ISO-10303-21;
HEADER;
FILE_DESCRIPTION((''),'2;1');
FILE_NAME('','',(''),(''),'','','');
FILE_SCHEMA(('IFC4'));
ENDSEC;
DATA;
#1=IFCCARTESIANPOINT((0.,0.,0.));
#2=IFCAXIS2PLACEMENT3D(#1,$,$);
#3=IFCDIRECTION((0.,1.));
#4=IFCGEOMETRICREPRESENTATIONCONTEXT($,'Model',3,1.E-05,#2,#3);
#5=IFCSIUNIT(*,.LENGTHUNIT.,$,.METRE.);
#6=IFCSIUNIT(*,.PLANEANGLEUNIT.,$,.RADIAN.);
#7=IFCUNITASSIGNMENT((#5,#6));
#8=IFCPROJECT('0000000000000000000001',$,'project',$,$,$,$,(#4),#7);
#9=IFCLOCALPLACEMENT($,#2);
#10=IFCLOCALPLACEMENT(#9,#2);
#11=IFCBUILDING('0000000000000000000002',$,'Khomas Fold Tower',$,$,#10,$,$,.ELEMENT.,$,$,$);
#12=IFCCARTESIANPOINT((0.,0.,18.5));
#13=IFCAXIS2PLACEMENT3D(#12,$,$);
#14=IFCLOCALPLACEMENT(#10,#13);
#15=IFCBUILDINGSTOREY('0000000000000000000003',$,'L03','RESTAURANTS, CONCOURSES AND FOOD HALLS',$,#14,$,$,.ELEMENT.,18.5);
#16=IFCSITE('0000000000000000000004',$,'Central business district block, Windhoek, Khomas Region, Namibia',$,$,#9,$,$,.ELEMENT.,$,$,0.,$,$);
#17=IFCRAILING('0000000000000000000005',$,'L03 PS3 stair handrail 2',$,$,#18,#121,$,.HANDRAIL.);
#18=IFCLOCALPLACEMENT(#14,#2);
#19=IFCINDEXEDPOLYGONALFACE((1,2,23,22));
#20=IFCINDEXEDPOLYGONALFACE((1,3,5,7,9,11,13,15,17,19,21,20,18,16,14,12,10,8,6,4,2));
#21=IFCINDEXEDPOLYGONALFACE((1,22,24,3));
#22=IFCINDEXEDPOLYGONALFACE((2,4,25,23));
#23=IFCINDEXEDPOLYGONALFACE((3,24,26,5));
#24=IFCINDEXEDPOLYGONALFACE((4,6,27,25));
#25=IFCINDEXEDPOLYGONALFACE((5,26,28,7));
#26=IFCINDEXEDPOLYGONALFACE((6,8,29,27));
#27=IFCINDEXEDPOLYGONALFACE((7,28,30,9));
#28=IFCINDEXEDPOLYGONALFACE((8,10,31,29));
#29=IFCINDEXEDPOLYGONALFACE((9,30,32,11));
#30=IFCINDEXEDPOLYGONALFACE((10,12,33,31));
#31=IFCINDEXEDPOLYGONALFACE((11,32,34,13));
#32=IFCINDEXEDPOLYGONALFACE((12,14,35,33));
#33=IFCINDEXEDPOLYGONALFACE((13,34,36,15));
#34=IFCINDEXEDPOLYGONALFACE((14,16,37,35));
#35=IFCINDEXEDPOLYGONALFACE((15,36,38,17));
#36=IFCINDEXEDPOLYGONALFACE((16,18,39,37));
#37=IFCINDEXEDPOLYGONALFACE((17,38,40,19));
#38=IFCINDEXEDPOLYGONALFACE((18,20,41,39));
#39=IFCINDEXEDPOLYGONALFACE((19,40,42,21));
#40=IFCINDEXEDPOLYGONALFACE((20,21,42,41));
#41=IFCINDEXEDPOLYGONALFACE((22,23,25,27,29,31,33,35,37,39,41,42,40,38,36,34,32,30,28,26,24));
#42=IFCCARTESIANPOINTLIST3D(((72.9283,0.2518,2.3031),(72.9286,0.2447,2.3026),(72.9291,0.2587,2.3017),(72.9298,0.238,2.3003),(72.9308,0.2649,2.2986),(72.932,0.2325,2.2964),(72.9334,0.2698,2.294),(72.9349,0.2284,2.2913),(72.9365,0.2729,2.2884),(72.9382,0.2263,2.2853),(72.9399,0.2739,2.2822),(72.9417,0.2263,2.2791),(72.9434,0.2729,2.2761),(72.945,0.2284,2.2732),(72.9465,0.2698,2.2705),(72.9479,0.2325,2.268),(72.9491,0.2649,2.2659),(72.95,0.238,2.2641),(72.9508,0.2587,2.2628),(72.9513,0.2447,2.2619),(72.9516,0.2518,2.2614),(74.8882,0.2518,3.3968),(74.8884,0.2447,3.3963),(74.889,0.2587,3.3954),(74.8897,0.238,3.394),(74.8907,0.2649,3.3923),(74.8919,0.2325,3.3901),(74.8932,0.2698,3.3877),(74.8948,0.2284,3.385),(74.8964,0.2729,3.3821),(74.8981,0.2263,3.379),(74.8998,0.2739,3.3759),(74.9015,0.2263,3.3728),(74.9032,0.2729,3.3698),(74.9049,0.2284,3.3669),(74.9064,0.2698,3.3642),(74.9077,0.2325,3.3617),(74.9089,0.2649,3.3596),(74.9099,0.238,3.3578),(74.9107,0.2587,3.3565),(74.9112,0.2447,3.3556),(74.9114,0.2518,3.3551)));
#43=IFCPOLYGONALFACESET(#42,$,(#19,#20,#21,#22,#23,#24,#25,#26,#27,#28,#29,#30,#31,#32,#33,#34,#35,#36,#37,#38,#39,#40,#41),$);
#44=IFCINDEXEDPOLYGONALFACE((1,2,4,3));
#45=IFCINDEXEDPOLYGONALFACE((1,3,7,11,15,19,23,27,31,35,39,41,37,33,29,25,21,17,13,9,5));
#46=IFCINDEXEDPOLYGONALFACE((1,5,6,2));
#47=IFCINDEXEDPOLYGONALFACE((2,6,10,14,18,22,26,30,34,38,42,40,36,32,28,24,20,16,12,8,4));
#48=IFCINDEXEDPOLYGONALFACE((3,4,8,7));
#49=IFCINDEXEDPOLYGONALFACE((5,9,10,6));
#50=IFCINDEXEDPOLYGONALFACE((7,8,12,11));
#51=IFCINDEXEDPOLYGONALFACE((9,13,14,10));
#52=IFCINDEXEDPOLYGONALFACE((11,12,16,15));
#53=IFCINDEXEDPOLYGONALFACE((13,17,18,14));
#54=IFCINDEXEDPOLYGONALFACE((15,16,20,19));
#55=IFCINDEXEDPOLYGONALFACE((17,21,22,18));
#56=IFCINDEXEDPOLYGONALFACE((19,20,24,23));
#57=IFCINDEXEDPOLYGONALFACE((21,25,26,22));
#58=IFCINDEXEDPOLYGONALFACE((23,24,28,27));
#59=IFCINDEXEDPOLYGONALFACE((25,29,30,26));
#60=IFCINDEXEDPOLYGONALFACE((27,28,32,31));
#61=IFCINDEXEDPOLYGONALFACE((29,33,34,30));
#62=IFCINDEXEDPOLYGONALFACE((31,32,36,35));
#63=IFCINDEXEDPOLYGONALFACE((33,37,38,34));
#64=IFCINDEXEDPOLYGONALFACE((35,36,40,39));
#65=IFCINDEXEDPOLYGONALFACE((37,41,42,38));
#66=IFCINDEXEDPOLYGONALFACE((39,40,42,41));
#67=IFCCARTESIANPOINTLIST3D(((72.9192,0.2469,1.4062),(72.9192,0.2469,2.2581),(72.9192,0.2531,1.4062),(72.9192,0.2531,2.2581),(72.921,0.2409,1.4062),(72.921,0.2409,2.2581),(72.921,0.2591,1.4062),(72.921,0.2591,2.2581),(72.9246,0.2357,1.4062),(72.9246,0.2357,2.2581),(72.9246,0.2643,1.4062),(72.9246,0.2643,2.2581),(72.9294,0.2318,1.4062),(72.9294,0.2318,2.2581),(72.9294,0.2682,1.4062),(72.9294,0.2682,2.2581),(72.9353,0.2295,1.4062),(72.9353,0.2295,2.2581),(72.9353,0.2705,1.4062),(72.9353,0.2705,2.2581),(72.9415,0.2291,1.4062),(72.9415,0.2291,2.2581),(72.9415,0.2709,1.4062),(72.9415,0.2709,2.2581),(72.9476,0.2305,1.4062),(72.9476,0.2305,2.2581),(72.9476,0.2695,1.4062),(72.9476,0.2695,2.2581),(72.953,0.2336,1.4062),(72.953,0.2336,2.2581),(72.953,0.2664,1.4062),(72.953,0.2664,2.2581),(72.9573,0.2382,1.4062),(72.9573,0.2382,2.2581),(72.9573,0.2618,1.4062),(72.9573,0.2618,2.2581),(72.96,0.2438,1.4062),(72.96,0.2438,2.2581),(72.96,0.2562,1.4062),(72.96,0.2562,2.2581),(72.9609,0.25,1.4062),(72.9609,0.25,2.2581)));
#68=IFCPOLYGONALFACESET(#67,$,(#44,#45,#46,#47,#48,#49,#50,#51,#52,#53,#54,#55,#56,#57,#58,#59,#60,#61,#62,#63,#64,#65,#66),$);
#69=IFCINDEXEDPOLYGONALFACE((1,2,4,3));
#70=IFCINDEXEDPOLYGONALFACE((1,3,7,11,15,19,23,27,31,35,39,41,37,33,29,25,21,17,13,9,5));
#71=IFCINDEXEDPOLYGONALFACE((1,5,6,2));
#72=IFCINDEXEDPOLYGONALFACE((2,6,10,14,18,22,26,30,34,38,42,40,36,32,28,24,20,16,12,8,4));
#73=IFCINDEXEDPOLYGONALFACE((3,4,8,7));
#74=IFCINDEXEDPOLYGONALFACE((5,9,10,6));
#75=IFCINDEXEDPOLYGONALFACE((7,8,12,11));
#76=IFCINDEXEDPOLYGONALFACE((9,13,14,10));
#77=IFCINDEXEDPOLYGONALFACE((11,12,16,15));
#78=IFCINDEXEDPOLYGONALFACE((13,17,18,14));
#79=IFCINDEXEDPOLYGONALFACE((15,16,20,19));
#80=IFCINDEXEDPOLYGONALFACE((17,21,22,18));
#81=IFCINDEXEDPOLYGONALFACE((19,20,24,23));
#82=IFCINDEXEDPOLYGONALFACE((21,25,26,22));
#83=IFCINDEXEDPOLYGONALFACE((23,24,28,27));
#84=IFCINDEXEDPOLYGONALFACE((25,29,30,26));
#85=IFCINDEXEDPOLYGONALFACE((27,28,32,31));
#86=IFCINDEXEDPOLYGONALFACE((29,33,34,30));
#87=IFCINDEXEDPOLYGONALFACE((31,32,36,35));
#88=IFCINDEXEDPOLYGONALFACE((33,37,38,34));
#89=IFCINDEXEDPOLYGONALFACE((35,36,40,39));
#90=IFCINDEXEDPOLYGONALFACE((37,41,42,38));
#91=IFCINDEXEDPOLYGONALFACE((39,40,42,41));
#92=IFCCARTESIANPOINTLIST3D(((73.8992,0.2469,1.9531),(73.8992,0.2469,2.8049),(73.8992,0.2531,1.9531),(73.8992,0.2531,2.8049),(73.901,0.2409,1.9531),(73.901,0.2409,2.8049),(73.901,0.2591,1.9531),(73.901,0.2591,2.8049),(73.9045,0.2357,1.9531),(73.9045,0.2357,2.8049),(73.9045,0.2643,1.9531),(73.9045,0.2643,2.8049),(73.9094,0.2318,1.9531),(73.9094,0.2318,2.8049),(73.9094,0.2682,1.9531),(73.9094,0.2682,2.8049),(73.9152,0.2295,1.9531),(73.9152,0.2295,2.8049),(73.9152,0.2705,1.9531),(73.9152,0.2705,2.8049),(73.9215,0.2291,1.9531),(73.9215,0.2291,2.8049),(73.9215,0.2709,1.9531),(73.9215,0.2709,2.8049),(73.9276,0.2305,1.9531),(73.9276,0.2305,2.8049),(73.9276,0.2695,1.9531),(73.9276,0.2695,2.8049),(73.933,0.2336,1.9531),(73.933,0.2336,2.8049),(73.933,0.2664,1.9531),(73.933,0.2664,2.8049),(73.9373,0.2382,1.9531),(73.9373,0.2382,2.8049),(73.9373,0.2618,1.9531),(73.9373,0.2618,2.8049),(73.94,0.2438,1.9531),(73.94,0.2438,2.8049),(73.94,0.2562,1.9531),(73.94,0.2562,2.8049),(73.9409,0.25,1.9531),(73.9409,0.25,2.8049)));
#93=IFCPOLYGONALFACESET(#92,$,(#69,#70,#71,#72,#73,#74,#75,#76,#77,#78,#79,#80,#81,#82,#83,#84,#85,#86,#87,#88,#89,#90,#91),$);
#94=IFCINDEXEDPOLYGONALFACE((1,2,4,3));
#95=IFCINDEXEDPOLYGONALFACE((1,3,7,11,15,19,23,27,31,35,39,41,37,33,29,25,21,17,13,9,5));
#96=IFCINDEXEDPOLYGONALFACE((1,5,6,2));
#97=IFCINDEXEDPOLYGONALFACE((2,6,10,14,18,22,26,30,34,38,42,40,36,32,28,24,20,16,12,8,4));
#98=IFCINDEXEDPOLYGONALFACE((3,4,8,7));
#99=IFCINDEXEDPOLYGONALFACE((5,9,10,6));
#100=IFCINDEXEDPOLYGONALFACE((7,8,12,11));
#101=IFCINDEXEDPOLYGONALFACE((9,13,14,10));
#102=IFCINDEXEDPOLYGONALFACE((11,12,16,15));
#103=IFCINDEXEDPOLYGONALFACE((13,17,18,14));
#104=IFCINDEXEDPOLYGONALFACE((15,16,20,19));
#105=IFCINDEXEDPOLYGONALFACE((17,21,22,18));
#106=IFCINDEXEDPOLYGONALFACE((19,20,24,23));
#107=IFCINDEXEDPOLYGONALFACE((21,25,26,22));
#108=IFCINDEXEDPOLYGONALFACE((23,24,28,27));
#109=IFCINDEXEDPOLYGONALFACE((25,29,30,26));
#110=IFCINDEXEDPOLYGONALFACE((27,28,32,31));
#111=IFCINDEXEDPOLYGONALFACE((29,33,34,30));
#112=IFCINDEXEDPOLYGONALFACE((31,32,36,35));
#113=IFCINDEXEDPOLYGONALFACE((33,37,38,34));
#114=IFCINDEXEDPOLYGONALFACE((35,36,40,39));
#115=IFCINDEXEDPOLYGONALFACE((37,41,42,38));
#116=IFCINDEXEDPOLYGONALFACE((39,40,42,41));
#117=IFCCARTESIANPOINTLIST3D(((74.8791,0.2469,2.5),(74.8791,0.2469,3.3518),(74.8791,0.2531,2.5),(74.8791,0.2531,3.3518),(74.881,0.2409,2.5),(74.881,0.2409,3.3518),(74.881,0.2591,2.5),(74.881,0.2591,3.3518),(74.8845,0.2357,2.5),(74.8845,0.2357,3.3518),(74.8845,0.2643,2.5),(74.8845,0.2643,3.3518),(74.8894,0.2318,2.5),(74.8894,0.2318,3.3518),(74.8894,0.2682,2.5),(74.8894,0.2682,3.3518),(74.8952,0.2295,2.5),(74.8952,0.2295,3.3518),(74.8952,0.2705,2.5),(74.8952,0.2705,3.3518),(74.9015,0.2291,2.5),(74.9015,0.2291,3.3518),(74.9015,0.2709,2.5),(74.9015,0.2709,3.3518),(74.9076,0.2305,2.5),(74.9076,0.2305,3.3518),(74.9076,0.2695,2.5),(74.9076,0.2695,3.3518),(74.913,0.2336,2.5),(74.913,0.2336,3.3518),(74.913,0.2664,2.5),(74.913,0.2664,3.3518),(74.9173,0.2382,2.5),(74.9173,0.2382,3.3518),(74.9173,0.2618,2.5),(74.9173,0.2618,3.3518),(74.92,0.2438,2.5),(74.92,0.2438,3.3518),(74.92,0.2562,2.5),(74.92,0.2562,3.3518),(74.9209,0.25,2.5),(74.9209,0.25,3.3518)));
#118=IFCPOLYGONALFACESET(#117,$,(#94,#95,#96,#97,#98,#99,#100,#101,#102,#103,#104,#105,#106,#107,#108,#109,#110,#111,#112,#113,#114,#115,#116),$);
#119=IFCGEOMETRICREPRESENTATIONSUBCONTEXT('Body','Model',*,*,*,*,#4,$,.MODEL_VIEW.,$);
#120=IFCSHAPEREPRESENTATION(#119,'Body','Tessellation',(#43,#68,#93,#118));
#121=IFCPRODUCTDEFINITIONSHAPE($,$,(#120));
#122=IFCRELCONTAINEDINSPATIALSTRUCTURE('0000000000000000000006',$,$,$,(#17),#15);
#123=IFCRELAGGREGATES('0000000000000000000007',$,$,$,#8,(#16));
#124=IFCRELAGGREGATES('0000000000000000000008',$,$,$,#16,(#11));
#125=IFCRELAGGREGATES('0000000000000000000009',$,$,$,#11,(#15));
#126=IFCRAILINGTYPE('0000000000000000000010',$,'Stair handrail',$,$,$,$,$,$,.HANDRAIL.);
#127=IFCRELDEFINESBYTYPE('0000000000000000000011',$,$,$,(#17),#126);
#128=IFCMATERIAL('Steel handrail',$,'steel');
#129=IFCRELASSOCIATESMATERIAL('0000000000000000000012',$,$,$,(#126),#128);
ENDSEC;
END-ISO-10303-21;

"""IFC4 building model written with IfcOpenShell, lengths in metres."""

from ifc_helpers import new_model, si_unit, direction, frame, origin, origin_2d, place, context, subcontext, project, spatial, circle, extrude, source, transform, mapped, material, type_object, element, save


model = new_model("IFC4")

# Units and contexts
model_context = context("Model", 3, precision=1e-05, world=origin(), true_north=direction((0.0, 1.0)))
body_context = subcontext(model_context, "Body", "Model", "MODEL_VIEW")
ifc_project = project(units=[si_unit("LENGTHUNIT", "METRE"), si_unit("PLANEANGLEUNIT", "RADIAN")], contexts=[model_context])

# Site, building, storey
site_placement = place(None, origin())
site = spatial("IfcSite", under=ifc_project, at=site_placement, Name="Central business district block, Windhoek, Khomas Region, Namibia", CompositionType="ELEMENT", RefElevation=0.0)
building_placement = place(site_placement, origin())
building = spatial("IfcBuilding", under=site, at=building_placement, Name="Khomas Fold Tower", CompositionType="ELEMENT")
storey_placement = place(building_placement, frame((0.0, 0.0, 18.5)))
storey = spatial("IfcBuildingStorey", under=building, at=storey_placement, Name="L03", Description="RESTAURANTS, CONCOURSES AND FOOD HALLS", CompositionType="ELEMENT", Elevation=18.5)

# Railing
ifc_material_1 = material(Name="Steel handrail", Category="steel")
railing_type_1 = type_object("IfcRailingType", Name="Stair handrail", PredefinedType="HANDRAIL", material=ifc_material_1)
shared_shape_1 = source(origin(), body_context, "Body", "SweptSolid", [
    extrude(circle(Radius=0.0239, at=origin_2d()), frame((0.0, 0.0, 0.876), z_axis=(0.873232, 0.0, 0.487304), x_axis=(0.0, 1.0, 0.0)), (0.0, 0.0, 1.0), 2.2444),
    extrude(circle(Radius=0.021, at=origin_2d()), origin(), (0.0, 0.0, 1.0), 0.8518),
    extrude(circle(Radius=0.021, at=origin_2d()), frame((0.98, 0.0, 0.5469)), (0.0, 0.0, 1.0), 0.8518),
    extrude(circle(Radius=0.021, at=origin_2d()), frame((1.96, 0.0, 1.0938)), (0.0, 0.0, 1.0), 0.8518),
])
for number, where, name in (
    (1, (72.9399, 0.25, 1.4062), "L03 PS3 stair handrail 2"),
):
    element("IfcRailing", number, at=place(storey_placement, frame(where)), inside=storey, type_object=railing_type_1, Name=name, PredefinedType="HANDRAIL", context=body_context, shape_type="MappedRepresentation", body=[
        mapped(shared_shape_1, transform((0.0, 0.0, 0.0))),
    ])

save(model, "model.ifc")
